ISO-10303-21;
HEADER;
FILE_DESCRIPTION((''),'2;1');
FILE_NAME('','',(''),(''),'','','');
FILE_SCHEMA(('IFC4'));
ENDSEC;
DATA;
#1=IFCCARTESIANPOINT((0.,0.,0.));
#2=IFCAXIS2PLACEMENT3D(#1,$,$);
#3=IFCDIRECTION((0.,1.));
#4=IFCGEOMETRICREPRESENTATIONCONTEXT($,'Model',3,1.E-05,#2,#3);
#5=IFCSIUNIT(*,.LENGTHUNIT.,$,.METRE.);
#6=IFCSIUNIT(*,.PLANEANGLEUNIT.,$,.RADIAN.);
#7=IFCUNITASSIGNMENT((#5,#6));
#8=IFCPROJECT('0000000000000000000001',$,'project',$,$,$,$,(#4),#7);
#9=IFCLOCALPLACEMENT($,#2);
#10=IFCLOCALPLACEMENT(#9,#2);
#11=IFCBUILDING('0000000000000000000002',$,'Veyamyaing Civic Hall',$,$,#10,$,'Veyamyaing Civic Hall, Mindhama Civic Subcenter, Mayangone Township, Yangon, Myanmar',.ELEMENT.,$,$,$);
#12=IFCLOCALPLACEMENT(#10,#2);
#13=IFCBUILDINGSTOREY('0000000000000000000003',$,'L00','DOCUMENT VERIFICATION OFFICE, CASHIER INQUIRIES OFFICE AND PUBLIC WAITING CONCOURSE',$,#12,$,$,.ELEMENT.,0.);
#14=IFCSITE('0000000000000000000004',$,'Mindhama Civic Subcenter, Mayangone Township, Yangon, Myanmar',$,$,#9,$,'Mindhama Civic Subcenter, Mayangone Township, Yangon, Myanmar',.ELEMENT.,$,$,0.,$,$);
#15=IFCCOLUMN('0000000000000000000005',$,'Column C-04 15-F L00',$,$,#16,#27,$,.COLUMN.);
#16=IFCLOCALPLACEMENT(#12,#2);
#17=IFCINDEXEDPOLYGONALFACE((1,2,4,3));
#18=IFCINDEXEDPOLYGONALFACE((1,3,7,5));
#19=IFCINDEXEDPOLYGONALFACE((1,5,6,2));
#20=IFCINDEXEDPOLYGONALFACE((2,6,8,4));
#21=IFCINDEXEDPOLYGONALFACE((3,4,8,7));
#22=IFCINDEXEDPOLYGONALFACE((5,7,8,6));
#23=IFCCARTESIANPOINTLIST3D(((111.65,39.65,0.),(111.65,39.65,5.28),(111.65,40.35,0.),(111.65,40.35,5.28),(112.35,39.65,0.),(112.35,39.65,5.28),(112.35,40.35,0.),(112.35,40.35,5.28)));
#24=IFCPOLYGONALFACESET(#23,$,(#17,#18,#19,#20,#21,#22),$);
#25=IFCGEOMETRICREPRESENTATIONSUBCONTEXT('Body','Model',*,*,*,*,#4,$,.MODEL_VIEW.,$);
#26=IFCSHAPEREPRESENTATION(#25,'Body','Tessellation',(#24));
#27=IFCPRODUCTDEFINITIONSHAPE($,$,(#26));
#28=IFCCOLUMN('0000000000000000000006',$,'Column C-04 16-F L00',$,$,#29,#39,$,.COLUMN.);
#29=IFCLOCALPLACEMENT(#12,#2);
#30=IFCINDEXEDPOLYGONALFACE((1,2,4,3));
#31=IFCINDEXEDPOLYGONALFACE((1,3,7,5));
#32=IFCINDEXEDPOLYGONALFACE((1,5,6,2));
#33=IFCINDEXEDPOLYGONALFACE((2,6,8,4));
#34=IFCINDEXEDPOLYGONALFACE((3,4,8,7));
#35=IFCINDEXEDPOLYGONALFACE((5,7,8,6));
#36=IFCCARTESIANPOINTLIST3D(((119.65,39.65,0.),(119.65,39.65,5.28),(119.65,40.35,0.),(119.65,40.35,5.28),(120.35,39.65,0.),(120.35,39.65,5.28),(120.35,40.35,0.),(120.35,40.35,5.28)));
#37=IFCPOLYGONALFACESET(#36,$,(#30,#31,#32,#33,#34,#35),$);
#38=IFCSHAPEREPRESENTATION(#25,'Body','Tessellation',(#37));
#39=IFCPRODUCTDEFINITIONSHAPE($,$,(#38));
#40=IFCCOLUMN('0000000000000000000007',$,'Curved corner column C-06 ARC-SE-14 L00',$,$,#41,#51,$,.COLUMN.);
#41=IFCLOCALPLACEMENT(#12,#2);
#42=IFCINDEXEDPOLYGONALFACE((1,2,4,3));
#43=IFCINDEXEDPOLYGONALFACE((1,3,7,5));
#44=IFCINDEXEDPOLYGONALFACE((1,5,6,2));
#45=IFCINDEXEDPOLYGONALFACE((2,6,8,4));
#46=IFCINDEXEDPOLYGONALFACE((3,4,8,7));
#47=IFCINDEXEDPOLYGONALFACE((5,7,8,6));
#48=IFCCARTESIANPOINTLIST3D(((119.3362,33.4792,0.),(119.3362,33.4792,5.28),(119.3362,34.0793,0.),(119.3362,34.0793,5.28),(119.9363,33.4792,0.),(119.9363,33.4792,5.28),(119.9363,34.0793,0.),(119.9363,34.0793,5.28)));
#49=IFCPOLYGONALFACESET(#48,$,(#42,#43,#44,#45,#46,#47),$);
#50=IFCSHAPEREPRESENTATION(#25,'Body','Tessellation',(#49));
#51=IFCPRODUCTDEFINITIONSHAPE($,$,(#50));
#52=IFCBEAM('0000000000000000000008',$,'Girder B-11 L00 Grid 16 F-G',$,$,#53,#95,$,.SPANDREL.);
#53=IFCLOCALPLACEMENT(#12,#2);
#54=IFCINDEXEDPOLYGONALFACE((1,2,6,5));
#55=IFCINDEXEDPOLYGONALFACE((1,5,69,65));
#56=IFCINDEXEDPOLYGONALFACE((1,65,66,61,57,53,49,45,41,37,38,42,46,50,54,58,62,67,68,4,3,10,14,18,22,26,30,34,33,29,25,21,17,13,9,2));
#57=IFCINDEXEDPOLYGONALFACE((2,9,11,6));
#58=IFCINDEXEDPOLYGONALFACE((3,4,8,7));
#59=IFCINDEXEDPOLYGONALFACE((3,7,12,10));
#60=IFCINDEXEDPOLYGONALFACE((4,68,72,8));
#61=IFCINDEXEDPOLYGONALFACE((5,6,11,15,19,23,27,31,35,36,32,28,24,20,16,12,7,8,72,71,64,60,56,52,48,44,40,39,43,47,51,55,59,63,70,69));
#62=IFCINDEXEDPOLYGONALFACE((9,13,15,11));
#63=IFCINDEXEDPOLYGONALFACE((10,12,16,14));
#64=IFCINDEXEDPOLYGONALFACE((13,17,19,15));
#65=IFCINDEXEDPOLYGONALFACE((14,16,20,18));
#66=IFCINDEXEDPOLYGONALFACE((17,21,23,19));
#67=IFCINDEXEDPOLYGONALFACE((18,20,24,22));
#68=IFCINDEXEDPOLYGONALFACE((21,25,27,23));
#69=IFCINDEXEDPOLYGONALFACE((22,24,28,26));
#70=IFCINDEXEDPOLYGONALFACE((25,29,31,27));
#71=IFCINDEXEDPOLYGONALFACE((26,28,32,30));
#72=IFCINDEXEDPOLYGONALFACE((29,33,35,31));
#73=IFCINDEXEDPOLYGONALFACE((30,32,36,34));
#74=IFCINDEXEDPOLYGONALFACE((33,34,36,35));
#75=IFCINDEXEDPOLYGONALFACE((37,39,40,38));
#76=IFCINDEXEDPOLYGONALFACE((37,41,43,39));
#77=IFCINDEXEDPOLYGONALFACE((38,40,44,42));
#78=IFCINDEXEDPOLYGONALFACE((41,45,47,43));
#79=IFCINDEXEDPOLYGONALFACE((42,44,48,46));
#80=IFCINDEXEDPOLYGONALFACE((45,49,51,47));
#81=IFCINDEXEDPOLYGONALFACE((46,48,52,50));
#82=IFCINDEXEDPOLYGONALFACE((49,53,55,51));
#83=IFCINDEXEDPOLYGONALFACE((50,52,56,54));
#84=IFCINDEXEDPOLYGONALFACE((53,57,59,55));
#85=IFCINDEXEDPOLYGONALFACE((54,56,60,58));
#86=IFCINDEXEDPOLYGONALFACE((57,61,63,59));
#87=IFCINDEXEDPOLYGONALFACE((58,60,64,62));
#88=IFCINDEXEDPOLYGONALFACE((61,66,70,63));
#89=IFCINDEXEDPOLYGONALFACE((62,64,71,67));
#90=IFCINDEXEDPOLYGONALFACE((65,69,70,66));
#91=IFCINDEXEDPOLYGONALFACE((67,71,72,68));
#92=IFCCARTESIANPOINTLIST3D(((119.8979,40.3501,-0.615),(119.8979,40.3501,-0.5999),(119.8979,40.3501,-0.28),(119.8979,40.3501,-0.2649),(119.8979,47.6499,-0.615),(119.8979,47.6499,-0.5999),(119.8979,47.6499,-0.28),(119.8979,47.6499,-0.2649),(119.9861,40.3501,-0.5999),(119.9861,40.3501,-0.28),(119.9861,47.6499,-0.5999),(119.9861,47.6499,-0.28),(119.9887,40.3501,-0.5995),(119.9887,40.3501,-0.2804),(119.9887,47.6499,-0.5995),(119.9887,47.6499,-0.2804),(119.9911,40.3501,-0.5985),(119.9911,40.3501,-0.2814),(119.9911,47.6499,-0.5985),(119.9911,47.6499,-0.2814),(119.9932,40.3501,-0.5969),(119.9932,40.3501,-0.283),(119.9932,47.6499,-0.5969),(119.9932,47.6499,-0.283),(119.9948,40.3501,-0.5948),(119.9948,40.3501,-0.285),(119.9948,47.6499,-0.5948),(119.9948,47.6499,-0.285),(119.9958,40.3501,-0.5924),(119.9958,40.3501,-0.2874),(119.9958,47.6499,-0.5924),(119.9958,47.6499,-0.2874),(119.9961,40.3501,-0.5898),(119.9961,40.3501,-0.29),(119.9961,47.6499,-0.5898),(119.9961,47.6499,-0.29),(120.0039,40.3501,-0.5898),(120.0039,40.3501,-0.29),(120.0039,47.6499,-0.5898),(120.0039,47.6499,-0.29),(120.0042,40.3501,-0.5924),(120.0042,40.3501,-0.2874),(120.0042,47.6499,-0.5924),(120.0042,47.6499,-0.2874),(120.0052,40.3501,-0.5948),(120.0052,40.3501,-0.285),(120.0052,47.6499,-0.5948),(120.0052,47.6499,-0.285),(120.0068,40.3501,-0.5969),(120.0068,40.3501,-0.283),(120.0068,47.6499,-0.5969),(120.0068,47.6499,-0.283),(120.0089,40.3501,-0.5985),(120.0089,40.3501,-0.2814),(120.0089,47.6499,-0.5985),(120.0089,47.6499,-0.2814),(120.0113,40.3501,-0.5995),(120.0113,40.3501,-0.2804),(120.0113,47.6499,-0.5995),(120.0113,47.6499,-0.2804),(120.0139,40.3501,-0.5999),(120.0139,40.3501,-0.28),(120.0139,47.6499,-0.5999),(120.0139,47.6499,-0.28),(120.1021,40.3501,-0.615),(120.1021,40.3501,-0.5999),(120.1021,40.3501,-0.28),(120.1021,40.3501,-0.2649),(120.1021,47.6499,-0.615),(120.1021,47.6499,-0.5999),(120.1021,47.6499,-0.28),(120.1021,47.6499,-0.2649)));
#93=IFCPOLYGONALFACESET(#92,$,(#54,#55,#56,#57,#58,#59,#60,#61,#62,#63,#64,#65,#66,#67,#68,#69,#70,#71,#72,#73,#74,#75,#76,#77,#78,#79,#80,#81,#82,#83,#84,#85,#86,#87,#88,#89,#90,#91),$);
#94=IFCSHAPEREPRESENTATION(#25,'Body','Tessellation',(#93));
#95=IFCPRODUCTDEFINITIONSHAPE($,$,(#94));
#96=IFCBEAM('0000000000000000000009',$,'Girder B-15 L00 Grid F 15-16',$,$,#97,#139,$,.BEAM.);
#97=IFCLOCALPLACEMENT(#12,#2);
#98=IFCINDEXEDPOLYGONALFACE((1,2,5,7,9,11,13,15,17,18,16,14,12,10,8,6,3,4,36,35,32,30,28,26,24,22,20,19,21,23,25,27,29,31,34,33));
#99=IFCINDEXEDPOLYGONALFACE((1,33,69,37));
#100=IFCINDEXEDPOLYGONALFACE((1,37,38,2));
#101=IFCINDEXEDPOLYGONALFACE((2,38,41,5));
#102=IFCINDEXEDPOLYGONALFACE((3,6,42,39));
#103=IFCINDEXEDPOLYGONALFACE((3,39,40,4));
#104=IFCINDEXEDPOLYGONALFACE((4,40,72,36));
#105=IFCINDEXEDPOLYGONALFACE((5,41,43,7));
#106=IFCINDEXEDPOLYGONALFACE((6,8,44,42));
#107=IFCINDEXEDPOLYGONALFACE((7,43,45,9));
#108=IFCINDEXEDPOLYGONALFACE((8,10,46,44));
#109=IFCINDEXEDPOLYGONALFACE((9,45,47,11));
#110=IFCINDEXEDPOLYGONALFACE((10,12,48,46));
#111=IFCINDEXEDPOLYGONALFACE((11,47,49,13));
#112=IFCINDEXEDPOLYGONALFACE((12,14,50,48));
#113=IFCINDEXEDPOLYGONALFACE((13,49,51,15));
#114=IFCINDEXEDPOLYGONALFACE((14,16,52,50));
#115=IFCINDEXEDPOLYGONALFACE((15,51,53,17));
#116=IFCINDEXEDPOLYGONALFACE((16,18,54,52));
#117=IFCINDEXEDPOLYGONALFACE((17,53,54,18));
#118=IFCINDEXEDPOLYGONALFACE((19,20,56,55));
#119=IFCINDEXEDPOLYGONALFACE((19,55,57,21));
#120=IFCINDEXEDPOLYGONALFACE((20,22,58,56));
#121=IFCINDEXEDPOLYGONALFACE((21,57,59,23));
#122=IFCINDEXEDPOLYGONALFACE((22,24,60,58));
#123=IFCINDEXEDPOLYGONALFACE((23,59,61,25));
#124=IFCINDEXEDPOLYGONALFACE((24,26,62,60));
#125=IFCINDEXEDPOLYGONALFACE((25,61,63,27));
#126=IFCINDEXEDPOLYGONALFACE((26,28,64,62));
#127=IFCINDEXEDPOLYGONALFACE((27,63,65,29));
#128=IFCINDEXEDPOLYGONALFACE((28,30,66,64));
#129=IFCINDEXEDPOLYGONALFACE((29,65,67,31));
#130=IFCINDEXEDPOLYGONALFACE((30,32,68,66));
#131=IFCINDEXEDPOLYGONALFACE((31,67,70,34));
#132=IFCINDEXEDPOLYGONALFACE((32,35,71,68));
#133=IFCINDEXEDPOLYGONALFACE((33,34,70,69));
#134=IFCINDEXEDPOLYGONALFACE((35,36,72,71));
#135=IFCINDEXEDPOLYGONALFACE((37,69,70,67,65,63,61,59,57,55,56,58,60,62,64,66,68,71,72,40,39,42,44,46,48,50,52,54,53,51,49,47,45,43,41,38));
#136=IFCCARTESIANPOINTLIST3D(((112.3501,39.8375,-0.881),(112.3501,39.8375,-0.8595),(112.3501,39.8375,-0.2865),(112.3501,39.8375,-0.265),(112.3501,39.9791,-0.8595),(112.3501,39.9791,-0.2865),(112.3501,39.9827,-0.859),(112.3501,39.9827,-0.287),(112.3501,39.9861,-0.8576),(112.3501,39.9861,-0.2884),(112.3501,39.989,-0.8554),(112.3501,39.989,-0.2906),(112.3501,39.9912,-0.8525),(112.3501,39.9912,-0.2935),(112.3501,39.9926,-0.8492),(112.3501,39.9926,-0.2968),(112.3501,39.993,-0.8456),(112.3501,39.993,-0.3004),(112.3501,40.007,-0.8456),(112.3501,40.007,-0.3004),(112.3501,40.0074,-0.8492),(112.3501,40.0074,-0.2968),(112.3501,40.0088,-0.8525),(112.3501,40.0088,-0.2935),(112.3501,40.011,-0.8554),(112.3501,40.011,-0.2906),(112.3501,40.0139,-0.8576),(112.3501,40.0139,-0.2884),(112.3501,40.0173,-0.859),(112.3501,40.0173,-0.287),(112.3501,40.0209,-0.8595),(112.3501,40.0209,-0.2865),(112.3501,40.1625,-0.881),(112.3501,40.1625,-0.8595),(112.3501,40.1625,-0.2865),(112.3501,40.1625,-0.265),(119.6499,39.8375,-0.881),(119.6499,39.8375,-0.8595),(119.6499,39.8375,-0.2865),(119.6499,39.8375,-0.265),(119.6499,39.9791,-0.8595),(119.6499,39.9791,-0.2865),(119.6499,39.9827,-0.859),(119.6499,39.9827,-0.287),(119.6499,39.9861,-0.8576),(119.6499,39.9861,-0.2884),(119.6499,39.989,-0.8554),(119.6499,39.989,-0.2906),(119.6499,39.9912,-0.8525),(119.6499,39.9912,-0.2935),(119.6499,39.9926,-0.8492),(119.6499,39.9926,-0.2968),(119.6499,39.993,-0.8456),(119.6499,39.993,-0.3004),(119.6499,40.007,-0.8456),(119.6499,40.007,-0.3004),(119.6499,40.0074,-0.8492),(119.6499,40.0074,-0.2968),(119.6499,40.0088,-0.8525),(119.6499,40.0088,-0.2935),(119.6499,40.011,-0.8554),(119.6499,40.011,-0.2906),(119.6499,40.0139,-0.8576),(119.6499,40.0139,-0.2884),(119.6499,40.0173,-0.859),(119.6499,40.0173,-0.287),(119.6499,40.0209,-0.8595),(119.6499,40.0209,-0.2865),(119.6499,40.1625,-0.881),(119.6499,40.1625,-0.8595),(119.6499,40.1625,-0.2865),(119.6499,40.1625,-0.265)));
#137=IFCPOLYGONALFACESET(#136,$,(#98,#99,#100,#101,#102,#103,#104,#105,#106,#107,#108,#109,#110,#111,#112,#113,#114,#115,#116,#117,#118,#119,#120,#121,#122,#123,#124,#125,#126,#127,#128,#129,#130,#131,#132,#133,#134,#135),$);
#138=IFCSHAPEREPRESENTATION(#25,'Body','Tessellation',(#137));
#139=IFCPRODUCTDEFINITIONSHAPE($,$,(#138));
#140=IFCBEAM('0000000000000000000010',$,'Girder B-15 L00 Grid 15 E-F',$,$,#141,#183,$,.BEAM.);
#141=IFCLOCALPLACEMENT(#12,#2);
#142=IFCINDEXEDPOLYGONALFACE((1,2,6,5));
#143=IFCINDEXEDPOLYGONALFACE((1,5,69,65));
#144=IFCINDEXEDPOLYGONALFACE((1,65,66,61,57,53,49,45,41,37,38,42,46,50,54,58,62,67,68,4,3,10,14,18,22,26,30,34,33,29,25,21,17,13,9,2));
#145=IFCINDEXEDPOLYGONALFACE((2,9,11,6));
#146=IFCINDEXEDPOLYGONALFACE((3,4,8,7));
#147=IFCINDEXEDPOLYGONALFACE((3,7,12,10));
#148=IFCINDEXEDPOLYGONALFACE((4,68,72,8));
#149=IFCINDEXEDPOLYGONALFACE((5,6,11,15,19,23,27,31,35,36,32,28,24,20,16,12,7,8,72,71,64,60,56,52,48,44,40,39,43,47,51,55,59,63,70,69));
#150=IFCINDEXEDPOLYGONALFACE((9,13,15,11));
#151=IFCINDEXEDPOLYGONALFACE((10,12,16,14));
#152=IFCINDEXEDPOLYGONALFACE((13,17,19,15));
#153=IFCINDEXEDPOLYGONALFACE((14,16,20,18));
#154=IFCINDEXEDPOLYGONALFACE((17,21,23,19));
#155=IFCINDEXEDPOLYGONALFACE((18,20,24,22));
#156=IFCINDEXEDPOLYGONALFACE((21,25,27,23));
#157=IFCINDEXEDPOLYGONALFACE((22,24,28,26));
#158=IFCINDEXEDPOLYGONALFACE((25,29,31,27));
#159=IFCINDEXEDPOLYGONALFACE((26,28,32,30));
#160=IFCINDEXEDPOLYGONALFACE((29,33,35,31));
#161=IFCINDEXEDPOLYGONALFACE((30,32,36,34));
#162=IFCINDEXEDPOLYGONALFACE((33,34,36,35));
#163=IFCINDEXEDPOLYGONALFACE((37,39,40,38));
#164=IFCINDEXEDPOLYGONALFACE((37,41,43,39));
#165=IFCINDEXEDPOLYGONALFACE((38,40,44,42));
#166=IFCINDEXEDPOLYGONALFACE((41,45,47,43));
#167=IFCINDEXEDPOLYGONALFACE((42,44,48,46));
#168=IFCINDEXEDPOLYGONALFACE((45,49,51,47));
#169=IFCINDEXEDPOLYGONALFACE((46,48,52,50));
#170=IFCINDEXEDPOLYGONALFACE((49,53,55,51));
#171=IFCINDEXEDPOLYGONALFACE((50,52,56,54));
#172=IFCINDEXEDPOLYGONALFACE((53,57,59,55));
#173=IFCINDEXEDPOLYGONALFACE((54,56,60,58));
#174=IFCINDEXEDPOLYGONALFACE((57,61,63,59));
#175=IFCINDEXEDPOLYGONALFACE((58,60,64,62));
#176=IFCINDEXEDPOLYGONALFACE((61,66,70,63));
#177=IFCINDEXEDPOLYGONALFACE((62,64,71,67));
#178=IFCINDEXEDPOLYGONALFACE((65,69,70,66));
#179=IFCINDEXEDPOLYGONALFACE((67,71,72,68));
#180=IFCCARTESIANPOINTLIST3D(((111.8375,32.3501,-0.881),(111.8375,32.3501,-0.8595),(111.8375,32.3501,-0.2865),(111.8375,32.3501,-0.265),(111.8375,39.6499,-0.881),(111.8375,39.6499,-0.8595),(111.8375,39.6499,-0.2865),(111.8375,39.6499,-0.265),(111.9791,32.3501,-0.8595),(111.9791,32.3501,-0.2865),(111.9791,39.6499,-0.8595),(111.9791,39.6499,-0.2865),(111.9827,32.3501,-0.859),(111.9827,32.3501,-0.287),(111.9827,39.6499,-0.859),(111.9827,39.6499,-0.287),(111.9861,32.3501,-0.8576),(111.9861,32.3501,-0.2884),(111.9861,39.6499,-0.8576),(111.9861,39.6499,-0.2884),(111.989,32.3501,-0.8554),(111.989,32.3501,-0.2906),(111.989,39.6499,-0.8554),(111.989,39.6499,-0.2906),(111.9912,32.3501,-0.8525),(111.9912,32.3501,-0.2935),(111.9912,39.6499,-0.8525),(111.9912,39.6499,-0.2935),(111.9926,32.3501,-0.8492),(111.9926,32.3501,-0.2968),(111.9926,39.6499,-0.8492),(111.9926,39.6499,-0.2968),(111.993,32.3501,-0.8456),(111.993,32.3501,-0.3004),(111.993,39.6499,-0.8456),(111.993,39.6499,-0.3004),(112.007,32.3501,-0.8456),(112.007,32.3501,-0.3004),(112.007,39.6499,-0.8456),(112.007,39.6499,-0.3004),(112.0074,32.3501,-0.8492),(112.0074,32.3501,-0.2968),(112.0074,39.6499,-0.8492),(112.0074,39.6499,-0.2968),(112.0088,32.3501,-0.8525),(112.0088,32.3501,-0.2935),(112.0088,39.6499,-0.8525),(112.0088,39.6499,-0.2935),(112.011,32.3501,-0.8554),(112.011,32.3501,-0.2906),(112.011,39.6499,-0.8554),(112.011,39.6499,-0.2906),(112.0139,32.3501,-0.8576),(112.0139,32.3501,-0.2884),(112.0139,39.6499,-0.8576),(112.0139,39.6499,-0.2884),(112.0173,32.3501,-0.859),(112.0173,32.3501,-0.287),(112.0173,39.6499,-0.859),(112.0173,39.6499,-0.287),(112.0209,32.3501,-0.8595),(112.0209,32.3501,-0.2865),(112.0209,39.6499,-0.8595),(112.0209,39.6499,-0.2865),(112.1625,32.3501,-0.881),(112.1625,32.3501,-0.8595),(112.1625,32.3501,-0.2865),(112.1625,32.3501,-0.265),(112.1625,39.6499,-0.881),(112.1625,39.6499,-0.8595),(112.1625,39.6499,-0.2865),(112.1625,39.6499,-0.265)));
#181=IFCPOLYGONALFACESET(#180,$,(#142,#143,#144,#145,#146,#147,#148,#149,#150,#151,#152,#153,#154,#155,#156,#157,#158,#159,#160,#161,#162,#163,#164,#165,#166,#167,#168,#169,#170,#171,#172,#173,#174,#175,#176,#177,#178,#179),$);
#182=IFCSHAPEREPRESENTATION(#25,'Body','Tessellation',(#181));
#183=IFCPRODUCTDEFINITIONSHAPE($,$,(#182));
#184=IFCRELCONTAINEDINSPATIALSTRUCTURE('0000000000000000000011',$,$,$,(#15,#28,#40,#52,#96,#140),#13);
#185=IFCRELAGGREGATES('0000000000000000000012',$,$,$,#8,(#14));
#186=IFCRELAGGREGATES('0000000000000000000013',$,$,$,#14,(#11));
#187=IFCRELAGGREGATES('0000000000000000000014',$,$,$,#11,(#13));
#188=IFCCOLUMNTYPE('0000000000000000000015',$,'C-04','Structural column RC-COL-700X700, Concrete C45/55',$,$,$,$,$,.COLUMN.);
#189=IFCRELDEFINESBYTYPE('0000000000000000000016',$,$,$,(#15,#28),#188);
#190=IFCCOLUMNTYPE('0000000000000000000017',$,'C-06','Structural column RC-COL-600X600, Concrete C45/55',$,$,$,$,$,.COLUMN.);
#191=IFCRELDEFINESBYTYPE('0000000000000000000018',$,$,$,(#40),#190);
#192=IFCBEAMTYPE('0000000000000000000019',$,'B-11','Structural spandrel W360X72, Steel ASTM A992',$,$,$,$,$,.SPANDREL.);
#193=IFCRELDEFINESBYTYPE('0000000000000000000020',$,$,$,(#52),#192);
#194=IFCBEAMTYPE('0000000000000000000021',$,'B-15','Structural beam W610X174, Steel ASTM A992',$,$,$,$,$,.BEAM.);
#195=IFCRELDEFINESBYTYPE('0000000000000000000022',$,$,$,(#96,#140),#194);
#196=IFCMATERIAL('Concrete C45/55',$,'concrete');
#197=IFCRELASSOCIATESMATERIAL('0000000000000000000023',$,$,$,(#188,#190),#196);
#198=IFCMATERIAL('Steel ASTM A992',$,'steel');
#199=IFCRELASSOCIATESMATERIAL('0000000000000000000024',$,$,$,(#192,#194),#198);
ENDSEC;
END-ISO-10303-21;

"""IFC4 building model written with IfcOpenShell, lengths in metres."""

from ifc_helpers import new_model, si_unit, direction, frame, origin, origin_2d, place, context, subcontext, project, spatial, rectangle, i_section, extrude, material, material_profile, profile_set, type_object, element, save


model = new_model("IFC4")

# Units and contexts
model_context = context("Model", 3, precision=1e-05, world=origin(), true_north=direction((0.0, 1.0)))
body_context = subcontext(model_context, "Body", "Model", "MODEL_VIEW")
ifc_project = project(units=[si_unit("LENGTHUNIT", "METRE"), si_unit("PLANEANGLEUNIT", "RADIAN")], contexts=[model_context])

# Site, building, storey
site_placement = place(None, origin())
site = spatial("IfcSite", under=ifc_project, at=site_placement, Name="Mindhama Civic Subcenter, Mayangone Township, Yangon, Myanmar", LongName="Mindhama Civic Subcenter, Mayangone Township, Yangon, Myanmar", CompositionType="ELEMENT", RefElevation=0.0)
building_placement = place(site_placement, origin())
building = spatial("IfcBuilding", under=site, at=building_placement, Name="Veyamyaing Civic Hall", LongName="Veyamyaing Civic Hall, Mindhama Civic Subcenter, Mayangone Township, Yangon, Myanmar", CompositionType="ELEMENT")
storey_placement = place(building_placement, origin())
storey = spatial("IfcBuildingStorey", under=building, at=storey_placement, Name="L00", Description="DOCUMENT VERIFICATION OFFICE, CASHIER INQUIRIES OFFICE AND PUBLIC WAITING CONCOURSE", CompositionType="ELEMENT", Elevation=0.0)

# Columns
ifc_material_1 = material(Name="Concrete C45/55", Category="concrete")
ifc_material_profile_1 = material_profile(ifc_material_1, rectangle(XDim=0.7, YDim=0.7, at=origin_2d()), Name="RC-COL-700X700")
ifc_profile_set_1 = profile_set([ifc_material_profile_1], Name="Concrete C45/55")
column_type_1 = type_object("IfcColumnType", Name="C-04", Description="Structural column RC-COL-700X700, Concrete C45/55", PredefinedType="COLUMN", material=ifc_profile_set_1)
for number, where, z_axis, x_axis, name in (
    (1, (112.0, 40.0, 0.0), (0.0, 0.0, 1.0), (1.0, 0.0, 0.0), "Column C-04 15-F L00"),
    (2, (120.0, 40.0, 0.0), (0.0, 0.0, 1.0), (1.0, 0.0, 0.0), "Column C-04 16-F L00"),
):
    element("IfcColumn", number, at=place(storey_placement, frame(where, z_axis=z_axis, x_axis=x_axis)), inside=storey, type_object=column_type_1, Name=name, PredefinedType="COLUMN", context=body_context, shape_type="SweptSolid", body=[
        extrude(rectangle(XDim=0.7, YDim=0.7, at=origin_2d()), origin(), (0.0, 0.0, 1.0), 5.28),
    ])
ifc_material_profile_2 = material_profile(ifc_material_1, rectangle(XDim=0.6001, YDim=0.6001, at=origin_2d()), Name="RC-COL-600X600")
ifc_profile_set_2 = profile_set([ifc_material_profile_2], Name="Concrete C45/55")
column_type_2 = type_object("IfcColumnType", Name="C-06", Description="Structural column RC-COL-600X600, Concrete C45/55", PredefinedType="COLUMN", material=ifc_profile_set_2)
column_placement = place(storey_placement, frame((119.6362, 33.7793, 0.0), z_axis=(0.0, 0.0, 1.0), x_axis=(1.0, 0.0, 0.0)))
element("IfcColumn", 3, at=column_placement, inside=storey, type_object=column_type_2, Name="Curved corner column C-06 ARC-SE-14 L00", PredefinedType="COLUMN", context=body_context, shape_type="SweptSolid", body=[
    extrude(rectangle(XDim=0.6001, YDim=0.6001, at=origin_2d()), origin(), (0.0, 0.0, 1.0), 5.28),
])

# Beams
ifc_material_2 = material(Name="Steel ASTM A992", Category="steel")
ifc_material_profile_3 = material_profile(ifc_material_2, i_section(OverallWidth=0.2041, OverallDepth=0.3501, WebThickness=0.0078, FlangeThickness=0.0151, FilletRadius=0.01, at=origin_2d()), Name="W360X72")
ifc_profile_set_3 = profile_set([ifc_material_profile_3], Name="Steel ASTM A992")
beam_type_1 = type_object("IfcBeamType", Name="B-11", Description="Structural spandrel W360X72, Steel ASTM A992", PredefinedType="SPANDREL", material=ifc_profile_set_3)
beam_1_placement = place(storey_placement, frame((120.0, 40.3501, -0.4399), z_axis=(0.0, 1.0, 0.0), x_axis=(-1.0, 0.0, 0.0)))
element("IfcBeam", 4, at=beam_1_placement, inside=storey, type_object=beam_type_1, Name="Girder B-11 L00 Grid 16 F-G", PredefinedType="SPANDREL", context=body_context, shape_type="SweptSolid", body=[
    extrude(i_section(OverallWidth=0.2041, OverallDepth=0.3501, WebThickness=0.0078, FlangeThickness=0.0151, FilletRadius=0.01, at=origin_2d()), origin(), (0.0, 0.0, 1.0), 7.2998),
])
ifc_material_profile_4 = material_profile(ifc_material_2, i_section(OverallWidth=0.325, OverallDepth=0.616, WebThickness=0.0139, FlangeThickness=0.0215, FilletRadius=0.0139, at=origin_2d()), Name="W610X174")
ifc_profile_set_4 = profile_set([ifc_material_profile_4], Name="Steel ASTM A992")
beam_type_2 = type_object("IfcBeamType", Name="B-15", Description="Structural beam W610X174, Steel ASTM A992", PredefinedType="BEAM", material=ifc_profile_set_4)
for number, where, z_axis, x_axis, name in (
    (5, (112.3501, 40.0, -0.573), (1.0, 0.0, 0.0), (0.0, 1.0, 0.0), "Girder B-15 L00 Grid F 15-16"),
    (6, (112.0, 32.3501, -0.573), (0.0, 1.0, 0.0), (-1.0, 0.0, 0.0), "Girder B-15 L00 Grid 15 E-F"),
):
    element("IfcBeam", number, at=place(storey_placement, frame(where, z_axis=z_axis, x_axis=x_axis)), inside=storey, type_object=beam_type_2, Name=name, PredefinedType="BEAM", context=body_context, shape_type="SweptSolid", body=[
        extrude(i_section(OverallWidth=0.325, OverallDepth=0.616, WebThickness=0.0139, FlangeThickness=0.0215, FilletRadius=0.0139, at=origin_2d()), origin(), (0.0, 0.0, 1.0), 7.2998),
    ])

save(model, "model.ifc")
